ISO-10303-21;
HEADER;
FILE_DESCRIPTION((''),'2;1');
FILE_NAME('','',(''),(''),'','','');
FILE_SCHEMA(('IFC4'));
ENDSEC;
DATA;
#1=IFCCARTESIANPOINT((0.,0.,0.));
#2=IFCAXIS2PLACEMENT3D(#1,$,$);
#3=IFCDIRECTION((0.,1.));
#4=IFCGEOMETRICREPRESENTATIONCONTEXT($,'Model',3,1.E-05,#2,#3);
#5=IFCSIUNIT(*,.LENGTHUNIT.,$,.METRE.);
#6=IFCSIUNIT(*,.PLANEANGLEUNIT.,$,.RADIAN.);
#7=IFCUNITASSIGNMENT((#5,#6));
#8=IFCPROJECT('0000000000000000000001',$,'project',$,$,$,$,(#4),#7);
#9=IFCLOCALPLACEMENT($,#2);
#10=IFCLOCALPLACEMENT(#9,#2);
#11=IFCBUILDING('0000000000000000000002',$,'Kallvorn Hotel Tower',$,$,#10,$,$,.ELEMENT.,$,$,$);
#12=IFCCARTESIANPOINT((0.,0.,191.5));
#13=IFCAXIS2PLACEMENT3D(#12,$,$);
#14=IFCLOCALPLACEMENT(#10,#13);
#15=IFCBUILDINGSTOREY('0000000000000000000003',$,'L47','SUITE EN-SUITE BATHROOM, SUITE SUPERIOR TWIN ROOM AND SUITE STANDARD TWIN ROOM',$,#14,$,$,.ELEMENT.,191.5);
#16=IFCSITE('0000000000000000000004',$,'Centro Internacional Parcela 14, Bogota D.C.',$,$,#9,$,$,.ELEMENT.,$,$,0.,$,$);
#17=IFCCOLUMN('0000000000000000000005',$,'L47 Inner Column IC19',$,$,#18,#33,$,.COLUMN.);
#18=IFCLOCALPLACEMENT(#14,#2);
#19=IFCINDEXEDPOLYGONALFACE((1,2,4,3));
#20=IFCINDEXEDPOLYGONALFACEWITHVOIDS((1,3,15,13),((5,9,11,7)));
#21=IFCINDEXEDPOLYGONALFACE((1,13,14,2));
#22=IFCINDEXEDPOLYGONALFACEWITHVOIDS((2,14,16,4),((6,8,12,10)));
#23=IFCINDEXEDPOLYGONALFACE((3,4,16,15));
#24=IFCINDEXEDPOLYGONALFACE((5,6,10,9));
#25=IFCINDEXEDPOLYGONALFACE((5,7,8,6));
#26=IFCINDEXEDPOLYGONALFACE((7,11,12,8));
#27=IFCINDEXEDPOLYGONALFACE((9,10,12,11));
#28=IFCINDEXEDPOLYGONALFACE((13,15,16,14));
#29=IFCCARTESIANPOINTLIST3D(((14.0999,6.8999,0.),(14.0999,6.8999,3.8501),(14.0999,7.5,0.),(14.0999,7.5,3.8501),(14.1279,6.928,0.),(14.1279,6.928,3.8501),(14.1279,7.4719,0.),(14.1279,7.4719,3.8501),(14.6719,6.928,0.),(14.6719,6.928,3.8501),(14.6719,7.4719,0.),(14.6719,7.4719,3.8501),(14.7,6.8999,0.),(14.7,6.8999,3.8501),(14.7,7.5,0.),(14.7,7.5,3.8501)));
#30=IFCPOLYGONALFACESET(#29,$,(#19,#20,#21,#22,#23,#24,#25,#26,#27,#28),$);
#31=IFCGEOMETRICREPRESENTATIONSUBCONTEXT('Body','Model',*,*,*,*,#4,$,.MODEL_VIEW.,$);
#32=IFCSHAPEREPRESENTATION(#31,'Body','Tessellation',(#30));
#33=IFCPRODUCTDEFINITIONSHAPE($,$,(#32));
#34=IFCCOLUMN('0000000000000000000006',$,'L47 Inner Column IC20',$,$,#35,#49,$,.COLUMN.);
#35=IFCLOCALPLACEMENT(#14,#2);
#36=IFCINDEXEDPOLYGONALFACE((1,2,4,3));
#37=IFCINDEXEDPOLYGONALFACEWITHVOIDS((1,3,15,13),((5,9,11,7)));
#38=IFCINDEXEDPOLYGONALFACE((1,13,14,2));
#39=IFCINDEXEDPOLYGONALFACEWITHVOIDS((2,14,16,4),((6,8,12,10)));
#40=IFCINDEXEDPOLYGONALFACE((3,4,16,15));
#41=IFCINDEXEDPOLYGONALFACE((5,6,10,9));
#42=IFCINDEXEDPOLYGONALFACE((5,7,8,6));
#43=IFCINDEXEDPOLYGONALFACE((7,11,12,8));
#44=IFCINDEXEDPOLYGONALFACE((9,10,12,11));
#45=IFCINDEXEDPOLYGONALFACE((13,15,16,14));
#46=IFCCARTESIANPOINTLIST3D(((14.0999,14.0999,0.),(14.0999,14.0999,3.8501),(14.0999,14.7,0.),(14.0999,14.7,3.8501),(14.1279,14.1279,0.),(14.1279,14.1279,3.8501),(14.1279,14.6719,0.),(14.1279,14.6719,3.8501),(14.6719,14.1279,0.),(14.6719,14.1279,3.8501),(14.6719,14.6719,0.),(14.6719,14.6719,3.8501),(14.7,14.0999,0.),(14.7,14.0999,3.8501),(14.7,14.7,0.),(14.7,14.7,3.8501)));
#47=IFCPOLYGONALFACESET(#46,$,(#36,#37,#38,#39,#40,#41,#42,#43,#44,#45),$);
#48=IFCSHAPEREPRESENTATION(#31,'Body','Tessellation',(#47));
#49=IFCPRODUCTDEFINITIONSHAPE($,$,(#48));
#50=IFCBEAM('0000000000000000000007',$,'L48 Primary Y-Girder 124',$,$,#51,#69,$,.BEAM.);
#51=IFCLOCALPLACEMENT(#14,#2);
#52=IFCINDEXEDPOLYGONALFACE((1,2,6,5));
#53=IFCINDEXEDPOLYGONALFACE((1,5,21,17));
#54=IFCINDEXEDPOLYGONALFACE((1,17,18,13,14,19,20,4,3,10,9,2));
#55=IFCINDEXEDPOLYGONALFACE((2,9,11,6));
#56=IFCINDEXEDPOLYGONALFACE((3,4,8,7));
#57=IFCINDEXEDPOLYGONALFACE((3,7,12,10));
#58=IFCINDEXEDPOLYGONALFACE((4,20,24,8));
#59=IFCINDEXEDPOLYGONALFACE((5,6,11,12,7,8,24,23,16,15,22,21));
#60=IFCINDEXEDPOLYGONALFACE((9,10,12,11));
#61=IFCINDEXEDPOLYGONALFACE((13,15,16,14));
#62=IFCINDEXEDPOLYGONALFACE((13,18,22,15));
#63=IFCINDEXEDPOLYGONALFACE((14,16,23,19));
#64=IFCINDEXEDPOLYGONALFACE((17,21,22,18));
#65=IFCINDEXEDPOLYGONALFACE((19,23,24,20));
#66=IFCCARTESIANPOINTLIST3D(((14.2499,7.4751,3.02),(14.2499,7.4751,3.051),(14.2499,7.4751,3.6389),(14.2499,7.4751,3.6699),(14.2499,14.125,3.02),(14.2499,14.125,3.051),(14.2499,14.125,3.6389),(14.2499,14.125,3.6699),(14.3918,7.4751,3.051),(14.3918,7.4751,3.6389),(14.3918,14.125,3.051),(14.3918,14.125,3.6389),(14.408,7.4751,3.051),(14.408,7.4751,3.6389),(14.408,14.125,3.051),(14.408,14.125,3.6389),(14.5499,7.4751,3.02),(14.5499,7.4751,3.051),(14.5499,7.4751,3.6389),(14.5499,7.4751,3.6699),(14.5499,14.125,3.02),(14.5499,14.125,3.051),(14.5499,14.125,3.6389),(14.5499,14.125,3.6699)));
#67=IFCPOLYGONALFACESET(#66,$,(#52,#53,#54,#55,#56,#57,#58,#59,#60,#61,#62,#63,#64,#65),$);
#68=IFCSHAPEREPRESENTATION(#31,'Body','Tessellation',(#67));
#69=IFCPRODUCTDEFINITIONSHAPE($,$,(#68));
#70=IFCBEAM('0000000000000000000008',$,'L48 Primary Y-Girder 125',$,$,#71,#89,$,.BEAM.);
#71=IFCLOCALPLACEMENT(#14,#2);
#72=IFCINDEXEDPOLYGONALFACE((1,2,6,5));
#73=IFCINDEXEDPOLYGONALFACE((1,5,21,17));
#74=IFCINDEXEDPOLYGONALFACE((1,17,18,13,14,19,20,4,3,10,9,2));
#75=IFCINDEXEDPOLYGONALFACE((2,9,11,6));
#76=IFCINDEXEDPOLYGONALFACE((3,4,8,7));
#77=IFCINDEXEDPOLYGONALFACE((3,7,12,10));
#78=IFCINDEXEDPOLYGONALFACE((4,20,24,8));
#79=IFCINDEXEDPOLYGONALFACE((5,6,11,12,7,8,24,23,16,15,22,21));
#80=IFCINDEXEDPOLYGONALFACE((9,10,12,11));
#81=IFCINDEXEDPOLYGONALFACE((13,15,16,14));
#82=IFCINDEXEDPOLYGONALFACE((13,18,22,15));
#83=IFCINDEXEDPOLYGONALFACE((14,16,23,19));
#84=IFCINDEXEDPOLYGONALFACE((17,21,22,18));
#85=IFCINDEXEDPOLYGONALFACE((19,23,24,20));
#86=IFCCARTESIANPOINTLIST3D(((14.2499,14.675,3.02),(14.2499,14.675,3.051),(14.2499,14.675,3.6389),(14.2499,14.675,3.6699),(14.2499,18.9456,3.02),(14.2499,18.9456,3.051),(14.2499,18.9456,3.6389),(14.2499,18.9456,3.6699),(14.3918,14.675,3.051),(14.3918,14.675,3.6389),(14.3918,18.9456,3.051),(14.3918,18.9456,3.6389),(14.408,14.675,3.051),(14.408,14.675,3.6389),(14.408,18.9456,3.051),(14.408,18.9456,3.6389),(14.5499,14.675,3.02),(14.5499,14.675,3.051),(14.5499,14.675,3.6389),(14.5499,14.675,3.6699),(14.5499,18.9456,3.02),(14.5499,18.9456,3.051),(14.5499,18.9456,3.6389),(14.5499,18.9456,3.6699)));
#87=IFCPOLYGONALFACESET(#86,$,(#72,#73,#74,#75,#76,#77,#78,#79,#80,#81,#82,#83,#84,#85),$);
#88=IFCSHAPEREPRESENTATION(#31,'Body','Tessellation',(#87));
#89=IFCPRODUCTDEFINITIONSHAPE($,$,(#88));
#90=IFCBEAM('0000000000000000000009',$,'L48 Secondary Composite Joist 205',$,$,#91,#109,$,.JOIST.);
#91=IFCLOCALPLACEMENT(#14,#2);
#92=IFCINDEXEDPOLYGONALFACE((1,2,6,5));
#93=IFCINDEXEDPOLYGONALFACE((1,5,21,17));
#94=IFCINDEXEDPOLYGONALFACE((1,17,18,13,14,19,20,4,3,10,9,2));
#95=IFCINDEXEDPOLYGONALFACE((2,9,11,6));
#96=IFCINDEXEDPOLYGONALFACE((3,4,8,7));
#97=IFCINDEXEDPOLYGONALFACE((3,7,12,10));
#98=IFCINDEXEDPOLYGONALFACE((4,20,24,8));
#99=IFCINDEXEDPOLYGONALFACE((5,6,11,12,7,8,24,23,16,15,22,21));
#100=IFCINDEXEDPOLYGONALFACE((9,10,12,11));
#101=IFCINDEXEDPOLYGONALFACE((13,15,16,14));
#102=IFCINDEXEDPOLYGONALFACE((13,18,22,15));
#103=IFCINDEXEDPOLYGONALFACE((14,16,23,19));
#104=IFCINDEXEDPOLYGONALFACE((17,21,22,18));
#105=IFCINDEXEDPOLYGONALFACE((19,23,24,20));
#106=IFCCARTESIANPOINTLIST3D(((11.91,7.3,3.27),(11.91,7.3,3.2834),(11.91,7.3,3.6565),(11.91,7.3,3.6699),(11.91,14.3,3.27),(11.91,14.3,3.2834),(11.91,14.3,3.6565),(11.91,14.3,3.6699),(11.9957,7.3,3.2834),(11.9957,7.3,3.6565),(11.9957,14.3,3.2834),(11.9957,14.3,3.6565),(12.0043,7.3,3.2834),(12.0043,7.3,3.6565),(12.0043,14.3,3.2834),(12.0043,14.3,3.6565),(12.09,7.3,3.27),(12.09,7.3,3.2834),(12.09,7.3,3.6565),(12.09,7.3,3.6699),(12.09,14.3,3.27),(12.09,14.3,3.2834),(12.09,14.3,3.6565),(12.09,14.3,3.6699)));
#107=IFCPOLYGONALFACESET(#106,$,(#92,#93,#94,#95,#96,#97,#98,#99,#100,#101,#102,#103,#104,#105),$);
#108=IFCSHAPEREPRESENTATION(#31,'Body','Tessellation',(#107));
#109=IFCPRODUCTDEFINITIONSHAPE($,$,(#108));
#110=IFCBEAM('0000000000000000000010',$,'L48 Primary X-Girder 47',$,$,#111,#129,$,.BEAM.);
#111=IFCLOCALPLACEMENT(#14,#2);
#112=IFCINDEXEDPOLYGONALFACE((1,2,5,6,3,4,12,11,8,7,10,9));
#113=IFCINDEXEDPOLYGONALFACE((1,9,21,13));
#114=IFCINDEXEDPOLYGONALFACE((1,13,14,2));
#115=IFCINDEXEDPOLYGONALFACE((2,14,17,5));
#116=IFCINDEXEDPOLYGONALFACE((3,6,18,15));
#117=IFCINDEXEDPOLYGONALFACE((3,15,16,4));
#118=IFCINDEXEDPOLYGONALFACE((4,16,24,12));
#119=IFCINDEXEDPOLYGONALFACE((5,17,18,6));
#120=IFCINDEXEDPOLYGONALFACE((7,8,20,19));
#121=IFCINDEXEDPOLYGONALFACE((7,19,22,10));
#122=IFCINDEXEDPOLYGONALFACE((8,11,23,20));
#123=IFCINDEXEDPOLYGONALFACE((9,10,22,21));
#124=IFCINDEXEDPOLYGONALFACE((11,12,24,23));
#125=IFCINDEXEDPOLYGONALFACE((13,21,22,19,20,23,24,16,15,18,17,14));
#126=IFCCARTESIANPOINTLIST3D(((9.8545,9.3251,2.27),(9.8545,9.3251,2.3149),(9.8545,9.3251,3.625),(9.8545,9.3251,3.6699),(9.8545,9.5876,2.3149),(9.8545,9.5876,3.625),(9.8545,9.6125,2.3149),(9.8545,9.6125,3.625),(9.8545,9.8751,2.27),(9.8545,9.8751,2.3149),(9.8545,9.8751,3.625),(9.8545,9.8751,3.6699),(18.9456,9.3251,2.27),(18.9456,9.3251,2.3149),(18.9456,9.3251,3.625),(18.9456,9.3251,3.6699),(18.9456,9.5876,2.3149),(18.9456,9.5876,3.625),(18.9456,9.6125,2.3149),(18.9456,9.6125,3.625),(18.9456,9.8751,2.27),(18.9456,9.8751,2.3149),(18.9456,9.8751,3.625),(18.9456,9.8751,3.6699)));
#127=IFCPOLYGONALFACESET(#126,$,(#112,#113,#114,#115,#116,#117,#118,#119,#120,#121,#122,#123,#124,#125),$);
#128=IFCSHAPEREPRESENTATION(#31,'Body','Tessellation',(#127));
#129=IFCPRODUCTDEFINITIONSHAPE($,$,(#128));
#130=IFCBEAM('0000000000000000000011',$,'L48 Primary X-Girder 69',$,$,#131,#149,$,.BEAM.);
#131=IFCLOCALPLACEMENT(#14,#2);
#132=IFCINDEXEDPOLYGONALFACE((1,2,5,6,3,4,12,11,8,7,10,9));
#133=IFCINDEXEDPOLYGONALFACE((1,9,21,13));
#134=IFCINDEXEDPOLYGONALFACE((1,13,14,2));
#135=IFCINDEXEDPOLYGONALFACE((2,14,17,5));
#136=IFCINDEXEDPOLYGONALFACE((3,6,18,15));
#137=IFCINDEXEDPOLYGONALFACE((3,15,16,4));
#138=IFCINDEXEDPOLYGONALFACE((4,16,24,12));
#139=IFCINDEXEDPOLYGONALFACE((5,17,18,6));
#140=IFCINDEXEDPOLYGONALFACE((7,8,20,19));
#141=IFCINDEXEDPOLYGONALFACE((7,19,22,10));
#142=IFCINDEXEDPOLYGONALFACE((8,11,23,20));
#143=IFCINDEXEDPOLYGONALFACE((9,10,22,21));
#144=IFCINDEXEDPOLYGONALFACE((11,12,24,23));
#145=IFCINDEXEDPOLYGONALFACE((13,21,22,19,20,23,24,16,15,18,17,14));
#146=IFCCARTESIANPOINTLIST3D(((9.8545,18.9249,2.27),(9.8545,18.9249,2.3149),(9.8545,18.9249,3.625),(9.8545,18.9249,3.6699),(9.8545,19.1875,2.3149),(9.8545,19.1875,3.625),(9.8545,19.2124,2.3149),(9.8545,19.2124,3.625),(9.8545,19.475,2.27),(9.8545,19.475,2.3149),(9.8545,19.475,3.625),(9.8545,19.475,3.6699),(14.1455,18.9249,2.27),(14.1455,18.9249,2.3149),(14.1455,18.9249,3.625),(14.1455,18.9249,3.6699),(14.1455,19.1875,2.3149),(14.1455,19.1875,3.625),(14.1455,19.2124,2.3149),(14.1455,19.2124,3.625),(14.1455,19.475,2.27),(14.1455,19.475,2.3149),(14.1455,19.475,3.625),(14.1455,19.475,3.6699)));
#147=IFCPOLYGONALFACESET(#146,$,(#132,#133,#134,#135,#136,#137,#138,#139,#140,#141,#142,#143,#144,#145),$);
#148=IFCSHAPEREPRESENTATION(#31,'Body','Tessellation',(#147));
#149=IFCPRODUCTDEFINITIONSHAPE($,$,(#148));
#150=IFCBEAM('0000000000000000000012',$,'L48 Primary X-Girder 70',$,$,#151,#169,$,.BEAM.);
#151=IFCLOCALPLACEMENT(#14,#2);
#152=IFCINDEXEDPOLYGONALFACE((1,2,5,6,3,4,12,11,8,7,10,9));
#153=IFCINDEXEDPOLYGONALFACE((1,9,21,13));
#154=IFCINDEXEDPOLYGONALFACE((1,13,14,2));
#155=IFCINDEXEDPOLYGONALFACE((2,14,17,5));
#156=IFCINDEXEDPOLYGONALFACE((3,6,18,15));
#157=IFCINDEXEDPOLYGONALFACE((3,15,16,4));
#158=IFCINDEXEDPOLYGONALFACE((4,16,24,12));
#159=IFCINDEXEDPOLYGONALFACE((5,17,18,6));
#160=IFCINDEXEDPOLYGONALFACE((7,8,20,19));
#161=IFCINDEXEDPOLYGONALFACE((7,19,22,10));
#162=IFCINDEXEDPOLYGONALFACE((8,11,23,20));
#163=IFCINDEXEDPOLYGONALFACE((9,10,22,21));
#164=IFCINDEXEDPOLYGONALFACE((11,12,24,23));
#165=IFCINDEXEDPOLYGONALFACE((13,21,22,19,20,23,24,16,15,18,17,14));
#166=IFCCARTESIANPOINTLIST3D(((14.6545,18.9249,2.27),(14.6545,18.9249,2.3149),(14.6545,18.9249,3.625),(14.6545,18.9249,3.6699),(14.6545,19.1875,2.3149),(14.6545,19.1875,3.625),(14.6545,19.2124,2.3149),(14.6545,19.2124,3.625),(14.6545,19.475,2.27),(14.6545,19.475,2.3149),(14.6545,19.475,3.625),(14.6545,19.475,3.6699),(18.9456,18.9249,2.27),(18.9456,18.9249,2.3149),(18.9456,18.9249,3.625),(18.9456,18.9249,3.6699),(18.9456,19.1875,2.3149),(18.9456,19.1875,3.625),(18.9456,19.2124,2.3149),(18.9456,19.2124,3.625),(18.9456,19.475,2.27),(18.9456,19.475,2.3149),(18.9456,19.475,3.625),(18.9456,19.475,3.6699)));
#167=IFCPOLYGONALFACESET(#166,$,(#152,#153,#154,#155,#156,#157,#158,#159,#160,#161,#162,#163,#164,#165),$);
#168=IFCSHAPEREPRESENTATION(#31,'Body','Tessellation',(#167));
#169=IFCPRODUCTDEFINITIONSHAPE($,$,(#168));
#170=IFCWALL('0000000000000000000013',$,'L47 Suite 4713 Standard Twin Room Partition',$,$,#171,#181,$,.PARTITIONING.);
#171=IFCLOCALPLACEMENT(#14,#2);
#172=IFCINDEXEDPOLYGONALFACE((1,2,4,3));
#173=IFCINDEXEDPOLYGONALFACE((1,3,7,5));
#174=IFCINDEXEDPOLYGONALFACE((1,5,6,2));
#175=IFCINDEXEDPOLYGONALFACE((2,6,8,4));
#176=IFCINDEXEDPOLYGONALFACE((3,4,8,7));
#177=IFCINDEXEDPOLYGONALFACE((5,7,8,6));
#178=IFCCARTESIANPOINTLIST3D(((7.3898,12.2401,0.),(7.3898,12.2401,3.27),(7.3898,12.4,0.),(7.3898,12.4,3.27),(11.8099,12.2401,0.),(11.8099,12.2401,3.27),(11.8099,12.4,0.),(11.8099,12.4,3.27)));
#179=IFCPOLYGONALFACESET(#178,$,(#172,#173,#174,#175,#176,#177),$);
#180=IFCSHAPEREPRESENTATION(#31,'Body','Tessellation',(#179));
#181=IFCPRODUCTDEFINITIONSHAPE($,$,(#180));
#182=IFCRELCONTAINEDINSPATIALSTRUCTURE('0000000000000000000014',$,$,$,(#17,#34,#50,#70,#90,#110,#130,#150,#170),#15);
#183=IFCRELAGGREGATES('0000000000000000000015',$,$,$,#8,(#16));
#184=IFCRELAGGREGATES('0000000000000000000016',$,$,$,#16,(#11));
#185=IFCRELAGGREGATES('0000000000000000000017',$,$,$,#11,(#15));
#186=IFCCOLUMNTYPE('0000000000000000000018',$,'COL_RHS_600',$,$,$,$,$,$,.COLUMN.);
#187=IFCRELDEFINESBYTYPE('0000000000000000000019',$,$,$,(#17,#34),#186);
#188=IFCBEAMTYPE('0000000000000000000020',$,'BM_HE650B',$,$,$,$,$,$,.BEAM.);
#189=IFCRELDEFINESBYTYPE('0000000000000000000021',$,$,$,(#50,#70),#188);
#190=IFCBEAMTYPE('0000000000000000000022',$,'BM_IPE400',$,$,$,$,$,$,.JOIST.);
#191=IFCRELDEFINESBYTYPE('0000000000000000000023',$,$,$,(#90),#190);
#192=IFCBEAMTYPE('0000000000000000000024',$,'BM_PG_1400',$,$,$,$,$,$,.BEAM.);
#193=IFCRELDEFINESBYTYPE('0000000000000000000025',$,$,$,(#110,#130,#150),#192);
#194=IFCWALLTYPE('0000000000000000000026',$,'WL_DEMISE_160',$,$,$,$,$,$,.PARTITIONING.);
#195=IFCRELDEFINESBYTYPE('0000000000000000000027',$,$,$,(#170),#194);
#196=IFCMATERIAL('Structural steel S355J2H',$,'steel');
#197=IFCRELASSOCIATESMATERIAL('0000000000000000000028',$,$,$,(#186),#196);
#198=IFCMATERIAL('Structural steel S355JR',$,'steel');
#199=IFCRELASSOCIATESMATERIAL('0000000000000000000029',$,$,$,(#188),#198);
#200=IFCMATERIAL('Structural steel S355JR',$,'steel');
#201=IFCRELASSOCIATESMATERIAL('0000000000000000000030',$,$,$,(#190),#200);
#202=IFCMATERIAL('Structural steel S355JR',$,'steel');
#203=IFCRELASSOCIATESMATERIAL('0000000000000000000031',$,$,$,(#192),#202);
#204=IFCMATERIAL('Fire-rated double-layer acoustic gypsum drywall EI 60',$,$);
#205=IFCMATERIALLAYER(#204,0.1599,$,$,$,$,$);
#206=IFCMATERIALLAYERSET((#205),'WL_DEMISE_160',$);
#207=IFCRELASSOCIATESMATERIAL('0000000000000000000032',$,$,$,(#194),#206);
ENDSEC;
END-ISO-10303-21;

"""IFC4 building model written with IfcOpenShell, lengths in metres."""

from ifc_helpers import new_model, si_unit, direction, frame, frame_2d, origin, origin_2d, place, context, subcontext, project, spatial, rectangle, hollow_rectangle, i_section, extrude, material, layer, layer_set, material_profile, profile_set, type_object, element, save


model = new_model("IFC4")

# Units and contexts
model_context = context("Model", 3, precision=1e-05, world=origin(), true_north=direction((0.0, 1.0)))
body_context = subcontext(model_context, "Body", "Model", "MODEL_VIEW")
ifc_project = project(units=[si_unit("LENGTHUNIT", "METRE"), si_unit("PLANEANGLEUNIT", "RADIAN")], contexts=[model_context])

# Site, building, storey
site_placement = place(None, origin())
site = spatial("IfcSite", under=ifc_project, at=site_placement, Name="Centro Internacional Parcela 14, Bogota D.C.", CompositionType="ELEMENT", RefElevation=0.0)
building_placement = place(site_placement, origin())
building = spatial("IfcBuilding", under=site, at=building_placement, Name="Kallvorn Hotel Tower", CompositionType="ELEMENT")
storey_placement = place(building_placement, frame((0.0, 0.0, 191.5)))
storey = spatial("IfcBuildingStorey", under=building, at=storey_placement, Name="L47", Description="SUITE EN-SUITE BATHROOM, SUITE SUPERIOR TWIN ROOM AND SUITE STANDARD TWIN ROOM", CompositionType="ELEMENT", Elevation=191.5)

# Columns
ifc_material_1 = material(Name="Structural steel S355J2H", Category="steel")
ifc_material_profile_1 = material_profile(ifc_material_1, hollow_rectangle(XDim=0.6001, YDim=0.6001, WallThickness=0.0281, at=origin_2d()), Name="RHS 600x600x28")
ifc_profile_set_1 = profile_set([ifc_material_profile_1], Name="Structural steel S355J2H")
column_type_1 = type_object("IfcColumnType", Name="COL_RHS_600", PredefinedType="COLUMN", material=ifc_profile_set_1)
for number, where, z_axis, x_axis, name in (
    (1, (14.3999, 7.2, 0.0), (0.0, 0.0, 1.0), (1.0, 0.0, 0.0), "L47 Inner Column IC19"),
    (2, (14.3999, 14.3999, 0.0), (0.0, 0.0, 1.0), (1.0, 0.0, 0.0), "L47 Inner Column IC20"),
):
    element("IfcColumn", number, at=place(storey_placement, frame(where, z_axis=z_axis, x_axis=x_axis)), inside=storey, type_object=column_type_1, Name=name, PredefinedType="COLUMN", context=body_context, shape_type="SweptSolid", body=[
        extrude(hollow_rectangle(XDim=0.6001, YDim=0.6001, WallThickness=0.0281, at=origin_2d()), origin(), (0.0, 0.0, 1.0), 3.8501),
    ])

# Beams
ifc_material_2 = material(Name="Structural steel S355JR", Category="steel")
ifc_material_profile_2 = material_profile(ifc_material_2, i_section(OverallWidth=0.3, OverallDepth=0.6499, WebThickness=0.0161, FlangeThickness=0.031, at=origin_2d()), Name="HE 650 B")
ifc_profile_set_2 = profile_set([ifc_material_profile_2], Name="Structural steel S355JR")
beam_type_1 = type_object("IfcBeamType", Name="BM_HE650B", PredefinedType="BEAM", material=ifc_profile_set_2)
beam_1_placement = place(storey_placement, frame((14.3999, 7.4751, 3.345), z_axis=(0.0, 1.0, 0.0), x_axis=(-1.0, 0.0, 0.0)))
element("IfcBeam", 3, at=beam_1_placement, inside=storey, type_object=beam_type_1, Name="L48 Primary Y-Girder 124", PredefinedType="BEAM", context=body_context, shape_type="SweptSolid", body=[
    extrude(i_section(OverallWidth=0.3, OverallDepth=0.6499, WebThickness=0.0161, FlangeThickness=0.031, at=origin_2d()), origin(), (0.0, 0.0, 1.0), 6.6499),
])
beam_2_placement = place(storey_placement, frame((14.3999, 14.675, 3.345), z_axis=(0.0, 1.0, 0.0), x_axis=(-1.0, 0.0, 0.0)))
element("IfcBeam", 4, at=beam_2_placement, inside=storey, type_object=beam_type_1, Name="L48 Primary Y-Girder 125", PredefinedType="BEAM", context=body_context, shape_type="SweptSolid", body=[
    extrude(i_section(OverallWidth=0.3, OverallDepth=0.6499, WebThickness=0.0161, FlangeThickness=0.031, at=origin_2d()), origin(), (0.0, 0.0, 1.0), 4.2705),
])
ifc_material_3 = material(Name="Structural steel S355JR", Category="steel")
ifc_material_profile_3 = material_profile(ifc_material_3, i_section(OverallWidth=0.1799, OverallDepth=0.3999, WebThickness=0.0085, FlangeThickness=0.0134, at=origin_2d()), Name="IPE 400")
ifc_profile_set_3 = profile_set([ifc_material_profile_3], Name="Structural steel S355JR")
beam_type_2 = type_object("IfcBeamType", Name="BM_IPE400", PredefinedType="JOIST", material=ifc_profile_set_3)
beam_3_placement = place(storey_placement, frame((12.0, 7.3, 3.47), z_axis=(0.0, 1.0, 0.0), x_axis=(-1.0, 0.0, 0.0)))
element("IfcBeam", 5, at=beam_3_placement, inside=storey, type_object=beam_type_2, Name="L48 Secondary Composite Joist 205", PredefinedType="JOIST", context=body_context, shape_type="SweptSolid", body=[
    extrude(i_section(OverallWidth=0.1799, OverallDepth=0.3999, WebThickness=0.0085, FlangeThickness=0.0134, at=origin_2d()), origin(), (0.0, 0.0, 1.0), 7.0),
])
ifc_material_4 = material(Name="Structural steel S355JR", Category="steel")
ifc_material_profile_4 = material_profile(ifc_material_4, i_section(OverallWidth=0.55, OverallDepth=1.3999, WebThickness=0.0249, FlangeThickness=0.0449, at=origin_2d()), Name="PG 1400x550x25x45")
ifc_profile_set_4 = profile_set([ifc_material_profile_4], Name="Structural steel S355JR")
beam_type_3 = type_object("IfcBeamType", Name="BM_PG_1400", PredefinedType="BEAM", material=ifc_profile_set_4)
beam_4_placement = place(storey_placement, frame((9.8545, 9.6001, 2.97), z_axis=(1.0, 0.0, 0.0), x_axis=(0.0, 1.0, 0.0)))
element("IfcBeam", 6, at=beam_4_placement, inside=storey, type_object=beam_type_3, Name="L48 Primary X-Girder 47", PredefinedType="BEAM", context=body_context, shape_type="SweptSolid", body=[
    extrude(i_section(OverallWidth=0.55, OverallDepth=1.3999, WebThickness=0.0249, FlangeThickness=0.0449, at=origin_2d()), origin(), (0.0, 0.0, 1.0), 9.0911),
])
for number, where, z_axis, x_axis, name in (
    (7, (9.8545, 19.2, 2.97), (1.0, 0.0, 0.0), (0.0, 1.0, 0.0), "L48 Primary X-Girder 69"),
    (8, (14.6545, 19.2, 2.97), (1.0, 0.0, 0.0), (0.0, 1.0, 0.0), "L48 Primary X-Girder 70"),
):
    element("IfcBeam", number, at=place(storey_placement, frame(where, z_axis=z_axis, x_axis=x_axis)), inside=storey, type_object=beam_type_3, Name=name, PredefinedType="BEAM", context=body_context, shape_type="SweptSolid", body=[
        extrude(i_section(OverallWidth=0.55, OverallDepth=1.3999, WebThickness=0.0249, FlangeThickness=0.0449, at=origin_2d()), origin(), (0.0, 0.0, 1.0), 4.291),
    ])

# Wall
ifc_material_5 = material(Name="Fire-rated double-layer acoustic gypsum drywall EI 60")
ifc_layer = layer(ifc_material_5, 0.1599)
ifc_layer_set = layer_set([ifc_layer], Name="WL_DEMISE_160")
wall_type = type_object("IfcWallType", Name="WL_DEMISE_160", PredefinedType="PARTITIONING", material=ifc_layer_set)
wall_1_placement = place(storey_placement, frame((7.3899, 12.3201, 0.0), z_axis=(0.0, 0.0, 1.0), x_axis=(1.0, 0.0, 0.0)))
element("IfcWall", 9, at=wall_1_placement, inside=storey, type_object=wall_type, Name="L47 Suite 4713 Standard Twin Room Partition", PredefinedType="PARTITIONING", context=body_context, shape_type="SweptSolid", body=[
    extrude(rectangle(XDim=4.4202, YDim=0.1599, at=frame_2d((2.21, 0.0))), origin(), (0.0, 0.0, 1.0), 3.27),
])

save(model, "model.ifc")
